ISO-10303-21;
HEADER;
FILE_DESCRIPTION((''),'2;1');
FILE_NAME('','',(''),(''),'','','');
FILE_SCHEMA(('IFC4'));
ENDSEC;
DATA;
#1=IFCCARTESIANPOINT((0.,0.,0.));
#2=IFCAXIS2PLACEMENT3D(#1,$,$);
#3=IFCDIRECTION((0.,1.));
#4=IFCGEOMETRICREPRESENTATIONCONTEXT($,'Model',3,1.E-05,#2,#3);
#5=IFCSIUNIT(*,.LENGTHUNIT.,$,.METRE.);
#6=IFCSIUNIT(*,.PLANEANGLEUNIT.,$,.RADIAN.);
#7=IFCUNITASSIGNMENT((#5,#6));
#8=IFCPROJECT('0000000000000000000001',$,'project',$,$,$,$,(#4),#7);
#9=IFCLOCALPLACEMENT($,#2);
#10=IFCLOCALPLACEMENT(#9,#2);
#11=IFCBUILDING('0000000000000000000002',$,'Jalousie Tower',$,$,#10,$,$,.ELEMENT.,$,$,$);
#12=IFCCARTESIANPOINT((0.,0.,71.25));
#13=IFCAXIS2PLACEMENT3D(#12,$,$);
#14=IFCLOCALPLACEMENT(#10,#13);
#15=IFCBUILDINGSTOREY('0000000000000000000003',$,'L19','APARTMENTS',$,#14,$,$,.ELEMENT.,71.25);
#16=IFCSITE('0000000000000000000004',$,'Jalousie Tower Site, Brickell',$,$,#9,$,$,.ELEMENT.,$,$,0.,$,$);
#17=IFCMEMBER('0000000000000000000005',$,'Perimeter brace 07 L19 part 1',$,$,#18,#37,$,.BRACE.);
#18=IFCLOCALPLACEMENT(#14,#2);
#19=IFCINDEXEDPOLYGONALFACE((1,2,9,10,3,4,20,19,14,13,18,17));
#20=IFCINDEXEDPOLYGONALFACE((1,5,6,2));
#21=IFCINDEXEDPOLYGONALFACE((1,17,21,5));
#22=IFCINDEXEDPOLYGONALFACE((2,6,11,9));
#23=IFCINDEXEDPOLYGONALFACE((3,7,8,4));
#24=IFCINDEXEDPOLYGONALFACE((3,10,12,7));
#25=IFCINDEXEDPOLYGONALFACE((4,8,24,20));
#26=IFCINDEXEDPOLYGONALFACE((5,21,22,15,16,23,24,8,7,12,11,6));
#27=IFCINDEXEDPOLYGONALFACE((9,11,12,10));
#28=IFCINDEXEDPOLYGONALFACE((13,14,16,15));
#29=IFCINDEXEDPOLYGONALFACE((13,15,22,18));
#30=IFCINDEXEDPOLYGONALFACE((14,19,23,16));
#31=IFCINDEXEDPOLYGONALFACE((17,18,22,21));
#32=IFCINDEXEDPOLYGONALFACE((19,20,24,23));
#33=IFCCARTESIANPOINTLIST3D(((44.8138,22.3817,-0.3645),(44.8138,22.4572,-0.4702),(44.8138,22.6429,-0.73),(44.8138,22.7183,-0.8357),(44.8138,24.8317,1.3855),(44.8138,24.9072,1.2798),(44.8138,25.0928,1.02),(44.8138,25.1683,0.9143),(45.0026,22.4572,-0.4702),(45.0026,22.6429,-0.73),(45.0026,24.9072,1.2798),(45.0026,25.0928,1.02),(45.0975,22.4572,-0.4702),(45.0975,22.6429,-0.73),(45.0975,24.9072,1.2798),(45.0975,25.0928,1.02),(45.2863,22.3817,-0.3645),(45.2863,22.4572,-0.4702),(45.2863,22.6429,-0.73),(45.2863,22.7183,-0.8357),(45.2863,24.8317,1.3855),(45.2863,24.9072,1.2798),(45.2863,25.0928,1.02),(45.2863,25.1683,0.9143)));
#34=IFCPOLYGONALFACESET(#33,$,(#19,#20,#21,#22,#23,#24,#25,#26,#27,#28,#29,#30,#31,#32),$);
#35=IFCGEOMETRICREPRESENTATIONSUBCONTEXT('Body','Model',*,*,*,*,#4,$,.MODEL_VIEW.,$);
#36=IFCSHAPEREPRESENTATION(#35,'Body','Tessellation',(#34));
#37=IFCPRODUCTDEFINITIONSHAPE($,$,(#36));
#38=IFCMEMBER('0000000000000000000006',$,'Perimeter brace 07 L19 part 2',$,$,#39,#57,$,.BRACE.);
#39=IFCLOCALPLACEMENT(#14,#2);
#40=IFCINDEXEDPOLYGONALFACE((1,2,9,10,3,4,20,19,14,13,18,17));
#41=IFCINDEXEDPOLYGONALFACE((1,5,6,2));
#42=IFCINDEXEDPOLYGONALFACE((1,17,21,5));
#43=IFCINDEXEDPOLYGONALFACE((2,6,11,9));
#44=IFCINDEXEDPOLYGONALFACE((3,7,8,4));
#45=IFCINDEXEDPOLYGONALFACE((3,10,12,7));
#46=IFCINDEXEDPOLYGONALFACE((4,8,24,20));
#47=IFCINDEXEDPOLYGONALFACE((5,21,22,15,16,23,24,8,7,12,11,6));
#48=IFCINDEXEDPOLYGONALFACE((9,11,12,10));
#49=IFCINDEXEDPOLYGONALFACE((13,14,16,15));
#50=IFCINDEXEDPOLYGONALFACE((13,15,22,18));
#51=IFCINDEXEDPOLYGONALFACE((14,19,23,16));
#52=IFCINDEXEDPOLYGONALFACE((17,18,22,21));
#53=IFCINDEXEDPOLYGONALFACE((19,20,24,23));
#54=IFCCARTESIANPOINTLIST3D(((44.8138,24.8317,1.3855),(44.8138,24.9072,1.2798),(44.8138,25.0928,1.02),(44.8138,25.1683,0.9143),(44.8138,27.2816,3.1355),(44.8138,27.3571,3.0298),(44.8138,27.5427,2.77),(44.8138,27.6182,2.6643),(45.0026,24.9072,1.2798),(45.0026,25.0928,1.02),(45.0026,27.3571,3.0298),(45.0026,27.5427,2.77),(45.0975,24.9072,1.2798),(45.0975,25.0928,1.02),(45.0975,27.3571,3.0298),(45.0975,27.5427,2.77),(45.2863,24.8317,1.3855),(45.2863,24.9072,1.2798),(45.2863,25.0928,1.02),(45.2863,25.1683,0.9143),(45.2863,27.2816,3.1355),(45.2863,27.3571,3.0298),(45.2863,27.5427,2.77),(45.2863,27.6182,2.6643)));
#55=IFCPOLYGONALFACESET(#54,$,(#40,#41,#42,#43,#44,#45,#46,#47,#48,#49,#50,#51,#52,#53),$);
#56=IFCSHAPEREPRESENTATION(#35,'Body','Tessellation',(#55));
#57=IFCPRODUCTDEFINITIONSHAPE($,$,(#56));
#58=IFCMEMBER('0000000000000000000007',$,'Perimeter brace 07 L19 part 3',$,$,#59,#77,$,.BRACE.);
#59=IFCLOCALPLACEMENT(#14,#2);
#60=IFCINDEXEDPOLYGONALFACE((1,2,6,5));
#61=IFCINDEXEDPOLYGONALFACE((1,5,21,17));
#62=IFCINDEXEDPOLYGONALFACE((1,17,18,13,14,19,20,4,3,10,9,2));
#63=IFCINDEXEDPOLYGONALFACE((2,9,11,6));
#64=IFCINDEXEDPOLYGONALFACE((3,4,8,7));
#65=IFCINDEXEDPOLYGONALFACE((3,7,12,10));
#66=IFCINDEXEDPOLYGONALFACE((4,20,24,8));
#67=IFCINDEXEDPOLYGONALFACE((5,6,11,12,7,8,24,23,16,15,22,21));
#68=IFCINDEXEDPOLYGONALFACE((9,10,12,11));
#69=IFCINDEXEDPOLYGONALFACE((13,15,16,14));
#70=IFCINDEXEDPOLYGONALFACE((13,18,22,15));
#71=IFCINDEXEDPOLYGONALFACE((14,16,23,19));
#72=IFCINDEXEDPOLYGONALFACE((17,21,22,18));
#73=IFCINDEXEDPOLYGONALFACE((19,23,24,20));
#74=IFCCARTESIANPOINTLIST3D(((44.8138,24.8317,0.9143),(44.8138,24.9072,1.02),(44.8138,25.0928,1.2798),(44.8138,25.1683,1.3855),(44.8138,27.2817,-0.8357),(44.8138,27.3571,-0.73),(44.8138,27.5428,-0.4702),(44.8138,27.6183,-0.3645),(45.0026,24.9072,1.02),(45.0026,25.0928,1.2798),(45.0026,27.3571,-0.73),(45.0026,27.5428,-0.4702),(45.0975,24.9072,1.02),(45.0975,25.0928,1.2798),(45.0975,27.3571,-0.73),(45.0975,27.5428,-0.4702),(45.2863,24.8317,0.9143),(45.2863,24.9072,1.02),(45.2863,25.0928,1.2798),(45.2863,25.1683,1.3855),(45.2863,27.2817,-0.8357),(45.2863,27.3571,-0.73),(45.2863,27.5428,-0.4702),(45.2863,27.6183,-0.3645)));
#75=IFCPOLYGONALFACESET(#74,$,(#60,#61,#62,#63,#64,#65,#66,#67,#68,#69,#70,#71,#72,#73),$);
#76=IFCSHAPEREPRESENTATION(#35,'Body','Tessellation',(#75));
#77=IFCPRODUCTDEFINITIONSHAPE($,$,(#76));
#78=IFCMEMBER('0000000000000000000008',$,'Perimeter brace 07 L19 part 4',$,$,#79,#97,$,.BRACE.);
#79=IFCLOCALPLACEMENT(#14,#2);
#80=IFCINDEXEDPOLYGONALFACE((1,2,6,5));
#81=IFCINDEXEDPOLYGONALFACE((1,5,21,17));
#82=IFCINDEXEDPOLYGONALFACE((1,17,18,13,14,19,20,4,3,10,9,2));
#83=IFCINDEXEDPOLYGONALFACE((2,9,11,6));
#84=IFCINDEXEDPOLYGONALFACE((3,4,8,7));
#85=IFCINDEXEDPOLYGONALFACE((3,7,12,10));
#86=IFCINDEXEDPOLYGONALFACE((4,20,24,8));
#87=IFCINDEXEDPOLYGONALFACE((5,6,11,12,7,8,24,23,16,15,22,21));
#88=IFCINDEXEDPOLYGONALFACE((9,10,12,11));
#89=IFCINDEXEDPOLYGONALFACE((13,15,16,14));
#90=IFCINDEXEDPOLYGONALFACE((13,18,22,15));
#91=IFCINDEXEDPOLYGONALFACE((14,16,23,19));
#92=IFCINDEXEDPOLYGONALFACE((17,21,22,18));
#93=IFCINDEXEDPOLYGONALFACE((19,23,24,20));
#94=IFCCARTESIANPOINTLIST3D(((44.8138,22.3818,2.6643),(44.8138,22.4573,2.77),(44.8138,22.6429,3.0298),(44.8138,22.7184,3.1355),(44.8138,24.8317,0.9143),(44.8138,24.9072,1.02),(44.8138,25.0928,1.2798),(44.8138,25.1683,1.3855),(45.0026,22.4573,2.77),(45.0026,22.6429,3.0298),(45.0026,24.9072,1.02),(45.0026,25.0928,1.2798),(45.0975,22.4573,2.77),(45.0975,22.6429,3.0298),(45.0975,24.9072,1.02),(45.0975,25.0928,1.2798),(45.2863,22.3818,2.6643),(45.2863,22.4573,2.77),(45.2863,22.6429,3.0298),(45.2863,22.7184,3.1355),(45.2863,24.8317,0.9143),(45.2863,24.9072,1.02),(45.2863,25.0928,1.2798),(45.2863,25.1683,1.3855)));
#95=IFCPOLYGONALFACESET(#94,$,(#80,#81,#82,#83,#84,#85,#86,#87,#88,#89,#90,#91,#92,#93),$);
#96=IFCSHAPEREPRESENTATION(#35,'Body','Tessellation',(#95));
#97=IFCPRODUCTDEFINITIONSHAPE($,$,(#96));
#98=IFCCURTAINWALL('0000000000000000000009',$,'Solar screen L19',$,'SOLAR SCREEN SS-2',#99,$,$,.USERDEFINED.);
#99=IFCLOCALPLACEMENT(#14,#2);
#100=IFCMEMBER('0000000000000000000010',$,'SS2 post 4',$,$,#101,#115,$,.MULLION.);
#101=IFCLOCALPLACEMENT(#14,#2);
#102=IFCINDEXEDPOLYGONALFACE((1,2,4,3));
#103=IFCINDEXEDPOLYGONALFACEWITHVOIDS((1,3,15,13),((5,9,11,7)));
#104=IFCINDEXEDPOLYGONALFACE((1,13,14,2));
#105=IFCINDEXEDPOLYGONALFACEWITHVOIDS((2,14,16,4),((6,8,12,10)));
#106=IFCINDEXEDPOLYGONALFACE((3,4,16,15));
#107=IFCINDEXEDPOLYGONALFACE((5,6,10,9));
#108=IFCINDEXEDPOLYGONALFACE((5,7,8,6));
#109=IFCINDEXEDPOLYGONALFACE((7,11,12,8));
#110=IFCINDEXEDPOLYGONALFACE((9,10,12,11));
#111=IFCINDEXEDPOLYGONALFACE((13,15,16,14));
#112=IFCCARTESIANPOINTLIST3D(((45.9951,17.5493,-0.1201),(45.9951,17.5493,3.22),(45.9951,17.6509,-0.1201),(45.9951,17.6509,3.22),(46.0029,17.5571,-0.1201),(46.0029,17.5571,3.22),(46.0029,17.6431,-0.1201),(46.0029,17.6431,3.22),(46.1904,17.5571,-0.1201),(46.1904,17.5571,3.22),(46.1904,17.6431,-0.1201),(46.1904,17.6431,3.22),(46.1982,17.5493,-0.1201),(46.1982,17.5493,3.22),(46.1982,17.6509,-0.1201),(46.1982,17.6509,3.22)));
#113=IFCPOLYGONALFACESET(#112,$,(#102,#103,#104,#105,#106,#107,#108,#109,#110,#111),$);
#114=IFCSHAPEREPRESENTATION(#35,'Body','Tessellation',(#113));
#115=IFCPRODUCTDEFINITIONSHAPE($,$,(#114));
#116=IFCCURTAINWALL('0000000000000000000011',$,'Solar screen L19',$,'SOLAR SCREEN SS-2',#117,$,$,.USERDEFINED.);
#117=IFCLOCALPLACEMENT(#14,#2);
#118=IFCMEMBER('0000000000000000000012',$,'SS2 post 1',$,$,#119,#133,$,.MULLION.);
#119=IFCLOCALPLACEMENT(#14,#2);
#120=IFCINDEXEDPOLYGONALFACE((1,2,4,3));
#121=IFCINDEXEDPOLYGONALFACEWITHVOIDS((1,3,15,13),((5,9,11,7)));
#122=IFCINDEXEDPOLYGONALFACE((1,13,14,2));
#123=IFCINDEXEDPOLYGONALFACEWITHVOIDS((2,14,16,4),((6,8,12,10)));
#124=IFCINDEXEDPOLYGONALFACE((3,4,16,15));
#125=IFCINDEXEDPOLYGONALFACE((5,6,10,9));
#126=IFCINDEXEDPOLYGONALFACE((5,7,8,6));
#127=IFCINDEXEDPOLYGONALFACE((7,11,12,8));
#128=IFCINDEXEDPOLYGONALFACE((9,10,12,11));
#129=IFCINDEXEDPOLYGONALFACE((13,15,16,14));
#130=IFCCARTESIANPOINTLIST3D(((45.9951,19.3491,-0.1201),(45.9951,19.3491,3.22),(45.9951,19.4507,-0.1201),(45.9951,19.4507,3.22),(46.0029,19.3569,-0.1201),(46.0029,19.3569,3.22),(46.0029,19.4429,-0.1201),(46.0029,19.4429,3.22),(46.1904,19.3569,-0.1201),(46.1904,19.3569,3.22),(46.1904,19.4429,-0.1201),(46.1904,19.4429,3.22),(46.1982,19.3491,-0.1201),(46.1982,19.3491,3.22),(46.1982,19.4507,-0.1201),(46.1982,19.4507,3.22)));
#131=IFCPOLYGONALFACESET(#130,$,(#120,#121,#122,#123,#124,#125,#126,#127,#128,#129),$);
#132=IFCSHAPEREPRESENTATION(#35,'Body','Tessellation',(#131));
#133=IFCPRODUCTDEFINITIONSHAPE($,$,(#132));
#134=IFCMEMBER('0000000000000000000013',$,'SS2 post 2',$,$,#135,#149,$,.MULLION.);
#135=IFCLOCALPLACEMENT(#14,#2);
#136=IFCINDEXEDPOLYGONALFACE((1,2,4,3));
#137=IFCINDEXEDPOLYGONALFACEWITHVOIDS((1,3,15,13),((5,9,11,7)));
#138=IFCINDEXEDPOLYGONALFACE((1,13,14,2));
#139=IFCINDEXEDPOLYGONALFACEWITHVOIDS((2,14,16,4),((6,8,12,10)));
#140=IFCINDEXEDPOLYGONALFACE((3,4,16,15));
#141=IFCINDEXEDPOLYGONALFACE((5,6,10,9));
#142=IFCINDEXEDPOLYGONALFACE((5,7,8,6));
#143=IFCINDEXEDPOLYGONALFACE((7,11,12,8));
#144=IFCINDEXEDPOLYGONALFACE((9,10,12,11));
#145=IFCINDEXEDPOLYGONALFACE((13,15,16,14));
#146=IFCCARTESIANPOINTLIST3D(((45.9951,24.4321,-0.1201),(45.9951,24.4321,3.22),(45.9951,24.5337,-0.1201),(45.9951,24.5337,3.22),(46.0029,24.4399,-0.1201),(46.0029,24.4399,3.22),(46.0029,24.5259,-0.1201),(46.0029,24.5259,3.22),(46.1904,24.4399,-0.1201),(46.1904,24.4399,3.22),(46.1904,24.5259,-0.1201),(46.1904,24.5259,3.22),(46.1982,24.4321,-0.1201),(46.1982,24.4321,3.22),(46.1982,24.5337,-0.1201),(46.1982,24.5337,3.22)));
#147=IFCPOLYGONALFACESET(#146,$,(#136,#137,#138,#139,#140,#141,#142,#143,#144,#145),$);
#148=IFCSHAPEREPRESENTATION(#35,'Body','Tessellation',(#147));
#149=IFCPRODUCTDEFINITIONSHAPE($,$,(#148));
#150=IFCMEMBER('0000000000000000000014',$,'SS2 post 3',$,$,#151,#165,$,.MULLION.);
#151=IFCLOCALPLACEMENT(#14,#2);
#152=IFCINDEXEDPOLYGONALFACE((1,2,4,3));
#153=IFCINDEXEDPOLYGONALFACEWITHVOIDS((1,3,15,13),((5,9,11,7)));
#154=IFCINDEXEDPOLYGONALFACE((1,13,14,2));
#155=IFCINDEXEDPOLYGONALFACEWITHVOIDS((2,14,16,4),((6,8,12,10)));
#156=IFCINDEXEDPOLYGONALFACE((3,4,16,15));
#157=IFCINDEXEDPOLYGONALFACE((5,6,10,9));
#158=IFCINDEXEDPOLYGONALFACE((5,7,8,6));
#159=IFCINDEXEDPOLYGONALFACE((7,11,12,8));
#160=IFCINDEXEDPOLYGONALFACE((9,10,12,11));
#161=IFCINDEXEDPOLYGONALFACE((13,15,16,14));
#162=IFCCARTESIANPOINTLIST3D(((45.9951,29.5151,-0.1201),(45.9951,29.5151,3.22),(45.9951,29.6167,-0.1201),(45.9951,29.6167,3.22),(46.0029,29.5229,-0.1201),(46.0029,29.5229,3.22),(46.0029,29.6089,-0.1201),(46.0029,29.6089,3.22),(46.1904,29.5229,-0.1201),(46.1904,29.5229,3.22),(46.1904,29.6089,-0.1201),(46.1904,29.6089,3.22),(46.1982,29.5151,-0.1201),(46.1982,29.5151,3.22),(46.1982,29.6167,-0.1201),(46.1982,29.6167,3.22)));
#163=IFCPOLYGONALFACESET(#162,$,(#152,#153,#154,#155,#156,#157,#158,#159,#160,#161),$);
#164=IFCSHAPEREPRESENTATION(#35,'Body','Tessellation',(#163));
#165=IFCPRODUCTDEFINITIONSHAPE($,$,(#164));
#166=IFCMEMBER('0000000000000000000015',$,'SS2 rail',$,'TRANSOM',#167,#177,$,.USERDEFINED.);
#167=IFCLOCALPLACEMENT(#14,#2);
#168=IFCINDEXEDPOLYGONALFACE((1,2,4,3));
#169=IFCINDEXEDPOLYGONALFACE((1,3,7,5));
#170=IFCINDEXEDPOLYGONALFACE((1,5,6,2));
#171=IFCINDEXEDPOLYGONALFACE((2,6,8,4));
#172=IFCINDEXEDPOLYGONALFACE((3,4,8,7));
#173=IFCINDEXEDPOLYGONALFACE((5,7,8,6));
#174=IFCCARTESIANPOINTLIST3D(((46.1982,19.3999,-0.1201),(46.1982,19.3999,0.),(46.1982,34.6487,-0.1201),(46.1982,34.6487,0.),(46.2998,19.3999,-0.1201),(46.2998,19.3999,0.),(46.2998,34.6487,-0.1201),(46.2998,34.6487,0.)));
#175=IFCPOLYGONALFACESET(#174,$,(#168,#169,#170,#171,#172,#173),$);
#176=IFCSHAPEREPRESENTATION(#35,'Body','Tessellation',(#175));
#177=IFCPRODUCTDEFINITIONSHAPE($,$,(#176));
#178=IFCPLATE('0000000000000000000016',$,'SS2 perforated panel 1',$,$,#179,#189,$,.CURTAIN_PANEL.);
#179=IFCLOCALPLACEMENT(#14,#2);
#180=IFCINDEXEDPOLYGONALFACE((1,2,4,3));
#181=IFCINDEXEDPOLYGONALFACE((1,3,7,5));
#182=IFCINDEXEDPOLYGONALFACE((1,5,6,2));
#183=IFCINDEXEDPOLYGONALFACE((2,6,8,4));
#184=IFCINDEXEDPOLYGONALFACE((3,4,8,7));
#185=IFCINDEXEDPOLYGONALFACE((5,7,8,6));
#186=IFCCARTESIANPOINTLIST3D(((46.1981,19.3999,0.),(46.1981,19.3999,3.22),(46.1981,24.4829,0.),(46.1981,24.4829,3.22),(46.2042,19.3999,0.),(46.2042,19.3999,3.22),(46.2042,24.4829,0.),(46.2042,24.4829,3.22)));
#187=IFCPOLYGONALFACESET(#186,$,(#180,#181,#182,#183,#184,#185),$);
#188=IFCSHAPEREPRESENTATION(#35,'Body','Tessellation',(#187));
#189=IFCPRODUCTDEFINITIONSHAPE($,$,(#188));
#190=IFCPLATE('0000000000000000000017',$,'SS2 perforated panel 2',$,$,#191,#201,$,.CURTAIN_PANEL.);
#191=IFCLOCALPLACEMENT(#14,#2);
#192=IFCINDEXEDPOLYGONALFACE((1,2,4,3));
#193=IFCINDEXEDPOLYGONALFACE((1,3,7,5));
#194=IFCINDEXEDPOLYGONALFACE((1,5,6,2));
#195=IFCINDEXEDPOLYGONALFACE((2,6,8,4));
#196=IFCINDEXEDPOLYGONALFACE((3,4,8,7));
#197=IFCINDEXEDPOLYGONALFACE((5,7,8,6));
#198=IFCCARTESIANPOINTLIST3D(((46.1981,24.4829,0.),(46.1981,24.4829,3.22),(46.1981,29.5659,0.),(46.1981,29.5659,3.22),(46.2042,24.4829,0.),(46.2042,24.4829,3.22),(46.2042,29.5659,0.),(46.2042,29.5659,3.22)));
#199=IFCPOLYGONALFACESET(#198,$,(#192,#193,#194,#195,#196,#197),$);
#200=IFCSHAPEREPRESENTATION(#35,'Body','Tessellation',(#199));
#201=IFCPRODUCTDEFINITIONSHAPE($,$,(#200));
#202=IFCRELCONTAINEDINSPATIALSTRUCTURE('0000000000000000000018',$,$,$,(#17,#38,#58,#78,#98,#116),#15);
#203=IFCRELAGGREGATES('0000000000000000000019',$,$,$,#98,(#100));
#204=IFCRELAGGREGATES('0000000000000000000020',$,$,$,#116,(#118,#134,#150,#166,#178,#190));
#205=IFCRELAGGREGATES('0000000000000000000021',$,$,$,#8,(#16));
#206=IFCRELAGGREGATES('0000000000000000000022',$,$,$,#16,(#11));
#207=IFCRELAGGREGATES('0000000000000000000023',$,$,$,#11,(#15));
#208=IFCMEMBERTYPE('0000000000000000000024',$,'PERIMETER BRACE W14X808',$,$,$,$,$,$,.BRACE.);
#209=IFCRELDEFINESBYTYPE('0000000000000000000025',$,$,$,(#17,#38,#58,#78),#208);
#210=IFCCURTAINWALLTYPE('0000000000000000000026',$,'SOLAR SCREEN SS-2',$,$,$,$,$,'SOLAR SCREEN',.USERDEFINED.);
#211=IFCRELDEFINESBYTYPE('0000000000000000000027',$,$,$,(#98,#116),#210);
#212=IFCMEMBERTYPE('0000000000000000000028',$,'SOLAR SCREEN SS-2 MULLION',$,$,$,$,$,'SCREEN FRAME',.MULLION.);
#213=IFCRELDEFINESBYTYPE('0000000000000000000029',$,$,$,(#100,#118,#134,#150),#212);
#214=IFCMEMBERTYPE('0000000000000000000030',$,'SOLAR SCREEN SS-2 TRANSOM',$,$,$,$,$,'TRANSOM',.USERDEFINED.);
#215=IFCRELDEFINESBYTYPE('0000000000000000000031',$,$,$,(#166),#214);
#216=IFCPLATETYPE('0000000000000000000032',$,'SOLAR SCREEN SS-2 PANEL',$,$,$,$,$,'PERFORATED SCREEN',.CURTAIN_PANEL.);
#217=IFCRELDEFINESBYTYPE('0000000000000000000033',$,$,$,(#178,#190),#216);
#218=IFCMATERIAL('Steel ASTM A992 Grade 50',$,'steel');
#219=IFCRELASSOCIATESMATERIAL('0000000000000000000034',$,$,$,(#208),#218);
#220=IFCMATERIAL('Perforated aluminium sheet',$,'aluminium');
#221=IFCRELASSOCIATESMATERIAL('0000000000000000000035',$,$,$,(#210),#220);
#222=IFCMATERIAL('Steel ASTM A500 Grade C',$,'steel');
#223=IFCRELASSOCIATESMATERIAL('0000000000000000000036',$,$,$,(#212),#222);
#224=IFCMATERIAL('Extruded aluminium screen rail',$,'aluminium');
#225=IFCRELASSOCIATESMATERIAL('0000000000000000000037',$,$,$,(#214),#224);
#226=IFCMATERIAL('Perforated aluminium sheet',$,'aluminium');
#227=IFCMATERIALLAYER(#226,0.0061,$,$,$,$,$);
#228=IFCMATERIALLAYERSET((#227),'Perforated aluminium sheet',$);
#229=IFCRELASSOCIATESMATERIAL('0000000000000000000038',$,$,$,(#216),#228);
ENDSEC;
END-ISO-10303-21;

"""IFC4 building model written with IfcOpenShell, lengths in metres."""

from ifc_helpers import new_model, si_unit, direction, frame, origin, origin_2d, place, context, subcontext, project, spatial, rectangle, hollow_rectangle, i_section, extrude, material, layer, layer_set, material_profile, profile_set, type_object, element, aggregate, save


model = new_model("IFC4")

# Units and contexts
model_context = context("Model", 3, precision=1e-05, world=origin(), true_north=direction((0.0, 1.0)))
body_context = subcontext(model_context, "Body", "Model", "MODEL_VIEW")
ifc_project = project(units=[si_unit("LENGTHUNIT", "METRE"), si_unit("PLANEANGLEUNIT", "RADIAN")], contexts=[model_context])

# Site, building, storey
site_placement = place(None, origin())
site = spatial("IfcSite", under=ifc_project, at=site_placement, Name="Jalousie Tower Site, Brickell", CompositionType="ELEMENT", RefElevation=0.0)
building_placement = place(site_placement, origin())
building = spatial("IfcBuilding", under=site, at=building_placement, Name="Jalousie Tower", CompositionType="ELEMENT")
storey_placement = place(building_placement, frame((0.0, 0.0, 71.25)))
storey = spatial("IfcBuildingStorey", under=building, at=storey_placement, Name="L19", Description="APARTMENTS", CompositionType="ELEMENT", Elevation=71.25)

# Members
ifc_material_1 = material(Name="Steel ASTM A992 Grade 50", Category="steel")
ifc_material_profile_1 = material_profile(ifc_material_1, i_section(OverallWidth=0.4724, OverallDepth=0.5791, WebThickness=0.095, FlangeThickness=0.1299, at=origin_2d()), Name="W14X808")
ifc_profile_set_1 = profile_set([ifc_material_profile_1], Name="Steel ASTM A992 Grade 50")
member_type_1 = type_object("IfcMemberType", Name="PERIMETER BRACE W14X808", PredefinedType="BRACE", material=ifc_profile_set_1)
for number, where, z_axis, x_axis, name in (
    (1, (45.05, 22.55, -0.6001), (0.0, 0.813728, 0.581246), (-1.0, 0.0, 0.0), "Perimeter brace 07 L19 part 1"),
    (2, (45.05, 25.0, 1.1499), (0.0, 0.813728, 0.581246), (-1.0, 0.0, 0.0), "Perimeter brace 07 L19 part 2"),
    (3, (45.05, 27.45, -0.6001), (0.0, -0.813728, 0.581246), (1.0, 0.0, 0.0), "Perimeter brace 07 L19 part 3"),
    (4, (45.05, 25.0, 1.1499), (0.0, -0.813728, 0.581246), (1.0, 0.0, 0.0), "Perimeter brace 07 L19 part 4"),
):
    element("IfcMember", number, at=place(storey_placement, frame(where, z_axis=z_axis, x_axis=x_axis)), inside=storey, type_object=member_type_1, Name=name, PredefinedType="BRACE", context=body_context, shape_type="SweptSolid", body=[
        extrude(i_section(OverallWidth=0.4724, OverallDepth=0.5791, WebThickness=0.095, FlangeThickness=0.1299, at=origin_2d()), origin(), (0.0, 0.0, 1.0), 3.0107),
    ])

# Curtain wall, member
ifc_material_2 = material(Name="Perforated aluminium sheet", Category="aluminium")
curtain_wall_type = type_object("IfcCurtainWallType", Name="SOLAR SCREEN SS-2", ElementType="SOLAR SCREEN", PredefinedType="USERDEFINED", material=ifc_material_2)
curtain_wall_1_placement = place(storey_placement, origin())
curtain_wall_1 = element("IfcCurtainWall", 5, at=curtain_wall_1_placement, inside=storey, type_object=curtain_wall_type, Name="Solar screen L19", ObjectType="SOLAR SCREEN SS-2", PredefinedType="USERDEFINED")
ifc_material_3 = material(Name="Steel ASTM A500 Grade C", Category="steel")
ifc_material_profile_2 = material_profile(ifc_material_3, hollow_rectangle(XDim=0.1016, YDim=0.2031, WallThickness=0.0078, at=origin_2d()), Name="HSS8X4X5/16")
ifc_profile_set_2 = profile_set([ifc_material_profile_2], Name="Steel ASTM A500 Grade C")
member_type_2 = type_object("IfcMemberType", Name="SOLAR SCREEN SS-2 MULLION", ElementType="SCREEN FRAME", PredefinedType="MULLION", material=ifc_profile_set_2)
member_1_placement = place(storey_placement, frame((46.0967, 17.6001, -0.1201), z_axis=(0.0, 0.0, 1.0), x_axis=(0.0, 1.0, 0.0)))
member_1 = element("IfcMember", 6, at=member_1_placement, type_object=member_type_2, Name="SS2 post 4", PredefinedType="MULLION", context=body_context, shape_type="SweptSolid", body=[
    extrude(hollow_rectangle(XDim=0.1016, YDim=0.2031, WallThickness=0.0078, at=origin_2d()), origin(), (0.0, 0.0, 1.0), 3.3401),
])
aggregate(curtain_wall_1, [member_1])

# Curtain wall, members, plates
curtain_wall_2_placement = place(storey_placement, origin())
curtain_wall_2 = element("IfcCurtainWall", 7, at=curtain_wall_2_placement, inside=storey, type_object=curtain_wall_type, Name="Solar screen L19", ObjectType="SOLAR SCREEN SS-2", PredefinedType="USERDEFINED")
member_2_placement = place(storey_placement, frame((46.0967, 19.3999, -0.1201), z_axis=(0.0, 0.0, 1.0), x_axis=(0.0, 1.0, 0.0)))
member_2 = element("IfcMember", 8, at=member_2_placement, type_object=member_type_2, Name="SS2 post 1", PredefinedType="MULLION", context=body_context, shape_type="SweptSolid", body=[
    extrude(hollow_rectangle(XDim=0.1016, YDim=0.2031, WallThickness=0.0078, at=origin_2d()), origin(), (0.0, 0.0, 1.0), 3.3401),
])
member_3_placement = place(storey_placement, frame((46.0967, 24.4829, -0.1201), z_axis=(0.0, 0.0, 1.0), x_axis=(0.0, 1.0, 0.0)))
member_3 = element("IfcMember", 9, at=member_3_placement, type_object=member_type_2, Name="SS2 post 2", PredefinedType="MULLION", context=body_context, shape_type="SweptSolid", body=[
    extrude(hollow_rectangle(XDim=0.1016, YDim=0.2031, WallThickness=0.0078, at=origin_2d()), origin(), (0.0, 0.0, 1.0), 3.3401),
])
member_4_placement = place(storey_placement, frame((46.0967, 29.5659, -0.1201), z_axis=(0.0, 0.0, 1.0), x_axis=(0.0, 1.0, 0.0)))
member_4 = element("IfcMember", 10, at=member_4_placement, type_object=member_type_2, Name="SS2 post 3", PredefinedType="MULLION", context=body_context, shape_type="SweptSolid", body=[
    extrude(hollow_rectangle(XDim=0.1016, YDim=0.2031, WallThickness=0.0078, at=origin_2d()), origin(), (0.0, 0.0, 1.0), 3.3401),
])
ifc_material_4 = material(Name="Extruded aluminium screen rail", Category="aluminium")
ifc_material_profile_3 = material_profile(ifc_material_4, rectangle(XDim=0.1016, YDim=0.1201, at=origin_2d()), Name="RAIL 102x120")
ifc_profile_set_3 = profile_set([ifc_material_profile_3], Name="Extruded aluminium screen rail")
member_type_3 = type_object("IfcMemberType", Name="SOLAR SCREEN SS-2 TRANSOM", ElementType="TRANSOM", PredefinedType="USERDEFINED", material=ifc_profile_set_3)
member_5_placement = place(storey_placement, frame((46.249, 19.3999, -0.0601), z_axis=(0.0, 1.0, 0.0), x_axis=(-1.0, 0.0, 0.0)))
member_5 = element("IfcMember", 11, at=member_5_placement, type_object=member_type_3, Name="SS2 rail", ObjectType="TRANSOM", PredefinedType="USERDEFINED", context=body_context, shape_type="SweptSolid", body=[
    extrude(rectangle(XDim=0.1016, YDim=0.1201, at=origin_2d()), origin(), (0.0, 0.0, 1.0), 15.2488),
])
ifc_material_5 = material(Name="Perforated aluminium sheet", Category="aluminium")
ifc_layer_1 = layer(ifc_material_5, 0.0061)
ifc_layer_set_1 = layer_set([ifc_layer_1], Name="Perforated aluminium sheet")
plate_type = type_object("IfcPlateType", Name="SOLAR SCREEN SS-2 PANEL", ElementType="PERFORATED SCREEN", PredefinedType="CURTAIN_PANEL", material=ifc_layer_set_1)
plate_1_placement = place(storey_placement, frame((46.2012, 21.9414, 0.0), z_axis=(0.0, 0.0, 1.0), x_axis=(0.0, 1.0, 0.0)))
plate_1 = element("IfcPlate", 12, at=plate_1_placement, type_object=plate_type, Name="SS2 perforated panel 1", PredefinedType="CURTAIN_PANEL", context=body_context, shape_type="SweptSolid", body=[
    extrude(rectangle(XDim=5.083, YDim=0.0061, at=origin_2d()), origin(), (0.0, 0.0, 1.0), 3.22),
])
plate_2_placement = place(storey_placement, frame((46.2012, 27.0244, 0.0), z_axis=(0.0, 0.0, 1.0), x_axis=(0.0, 1.0, 0.0)))
plate_2 = element("IfcPlate", 13, at=plate_2_placement, type_object=plate_type, Name="SS2 perforated panel 2", PredefinedType="CURTAIN_PANEL", context=body_context, shape_type="SweptSolid", body=[
    extrude(rectangle(XDim=5.083, YDim=0.0061, at=origin_2d()), origin(), (0.0, 0.0, 1.0), 3.22),
])
aggregate(curtain_wall_2, [member_2, member_3, member_4, member_5, plate_1, plate_2])

save(model, "model.ifc")
